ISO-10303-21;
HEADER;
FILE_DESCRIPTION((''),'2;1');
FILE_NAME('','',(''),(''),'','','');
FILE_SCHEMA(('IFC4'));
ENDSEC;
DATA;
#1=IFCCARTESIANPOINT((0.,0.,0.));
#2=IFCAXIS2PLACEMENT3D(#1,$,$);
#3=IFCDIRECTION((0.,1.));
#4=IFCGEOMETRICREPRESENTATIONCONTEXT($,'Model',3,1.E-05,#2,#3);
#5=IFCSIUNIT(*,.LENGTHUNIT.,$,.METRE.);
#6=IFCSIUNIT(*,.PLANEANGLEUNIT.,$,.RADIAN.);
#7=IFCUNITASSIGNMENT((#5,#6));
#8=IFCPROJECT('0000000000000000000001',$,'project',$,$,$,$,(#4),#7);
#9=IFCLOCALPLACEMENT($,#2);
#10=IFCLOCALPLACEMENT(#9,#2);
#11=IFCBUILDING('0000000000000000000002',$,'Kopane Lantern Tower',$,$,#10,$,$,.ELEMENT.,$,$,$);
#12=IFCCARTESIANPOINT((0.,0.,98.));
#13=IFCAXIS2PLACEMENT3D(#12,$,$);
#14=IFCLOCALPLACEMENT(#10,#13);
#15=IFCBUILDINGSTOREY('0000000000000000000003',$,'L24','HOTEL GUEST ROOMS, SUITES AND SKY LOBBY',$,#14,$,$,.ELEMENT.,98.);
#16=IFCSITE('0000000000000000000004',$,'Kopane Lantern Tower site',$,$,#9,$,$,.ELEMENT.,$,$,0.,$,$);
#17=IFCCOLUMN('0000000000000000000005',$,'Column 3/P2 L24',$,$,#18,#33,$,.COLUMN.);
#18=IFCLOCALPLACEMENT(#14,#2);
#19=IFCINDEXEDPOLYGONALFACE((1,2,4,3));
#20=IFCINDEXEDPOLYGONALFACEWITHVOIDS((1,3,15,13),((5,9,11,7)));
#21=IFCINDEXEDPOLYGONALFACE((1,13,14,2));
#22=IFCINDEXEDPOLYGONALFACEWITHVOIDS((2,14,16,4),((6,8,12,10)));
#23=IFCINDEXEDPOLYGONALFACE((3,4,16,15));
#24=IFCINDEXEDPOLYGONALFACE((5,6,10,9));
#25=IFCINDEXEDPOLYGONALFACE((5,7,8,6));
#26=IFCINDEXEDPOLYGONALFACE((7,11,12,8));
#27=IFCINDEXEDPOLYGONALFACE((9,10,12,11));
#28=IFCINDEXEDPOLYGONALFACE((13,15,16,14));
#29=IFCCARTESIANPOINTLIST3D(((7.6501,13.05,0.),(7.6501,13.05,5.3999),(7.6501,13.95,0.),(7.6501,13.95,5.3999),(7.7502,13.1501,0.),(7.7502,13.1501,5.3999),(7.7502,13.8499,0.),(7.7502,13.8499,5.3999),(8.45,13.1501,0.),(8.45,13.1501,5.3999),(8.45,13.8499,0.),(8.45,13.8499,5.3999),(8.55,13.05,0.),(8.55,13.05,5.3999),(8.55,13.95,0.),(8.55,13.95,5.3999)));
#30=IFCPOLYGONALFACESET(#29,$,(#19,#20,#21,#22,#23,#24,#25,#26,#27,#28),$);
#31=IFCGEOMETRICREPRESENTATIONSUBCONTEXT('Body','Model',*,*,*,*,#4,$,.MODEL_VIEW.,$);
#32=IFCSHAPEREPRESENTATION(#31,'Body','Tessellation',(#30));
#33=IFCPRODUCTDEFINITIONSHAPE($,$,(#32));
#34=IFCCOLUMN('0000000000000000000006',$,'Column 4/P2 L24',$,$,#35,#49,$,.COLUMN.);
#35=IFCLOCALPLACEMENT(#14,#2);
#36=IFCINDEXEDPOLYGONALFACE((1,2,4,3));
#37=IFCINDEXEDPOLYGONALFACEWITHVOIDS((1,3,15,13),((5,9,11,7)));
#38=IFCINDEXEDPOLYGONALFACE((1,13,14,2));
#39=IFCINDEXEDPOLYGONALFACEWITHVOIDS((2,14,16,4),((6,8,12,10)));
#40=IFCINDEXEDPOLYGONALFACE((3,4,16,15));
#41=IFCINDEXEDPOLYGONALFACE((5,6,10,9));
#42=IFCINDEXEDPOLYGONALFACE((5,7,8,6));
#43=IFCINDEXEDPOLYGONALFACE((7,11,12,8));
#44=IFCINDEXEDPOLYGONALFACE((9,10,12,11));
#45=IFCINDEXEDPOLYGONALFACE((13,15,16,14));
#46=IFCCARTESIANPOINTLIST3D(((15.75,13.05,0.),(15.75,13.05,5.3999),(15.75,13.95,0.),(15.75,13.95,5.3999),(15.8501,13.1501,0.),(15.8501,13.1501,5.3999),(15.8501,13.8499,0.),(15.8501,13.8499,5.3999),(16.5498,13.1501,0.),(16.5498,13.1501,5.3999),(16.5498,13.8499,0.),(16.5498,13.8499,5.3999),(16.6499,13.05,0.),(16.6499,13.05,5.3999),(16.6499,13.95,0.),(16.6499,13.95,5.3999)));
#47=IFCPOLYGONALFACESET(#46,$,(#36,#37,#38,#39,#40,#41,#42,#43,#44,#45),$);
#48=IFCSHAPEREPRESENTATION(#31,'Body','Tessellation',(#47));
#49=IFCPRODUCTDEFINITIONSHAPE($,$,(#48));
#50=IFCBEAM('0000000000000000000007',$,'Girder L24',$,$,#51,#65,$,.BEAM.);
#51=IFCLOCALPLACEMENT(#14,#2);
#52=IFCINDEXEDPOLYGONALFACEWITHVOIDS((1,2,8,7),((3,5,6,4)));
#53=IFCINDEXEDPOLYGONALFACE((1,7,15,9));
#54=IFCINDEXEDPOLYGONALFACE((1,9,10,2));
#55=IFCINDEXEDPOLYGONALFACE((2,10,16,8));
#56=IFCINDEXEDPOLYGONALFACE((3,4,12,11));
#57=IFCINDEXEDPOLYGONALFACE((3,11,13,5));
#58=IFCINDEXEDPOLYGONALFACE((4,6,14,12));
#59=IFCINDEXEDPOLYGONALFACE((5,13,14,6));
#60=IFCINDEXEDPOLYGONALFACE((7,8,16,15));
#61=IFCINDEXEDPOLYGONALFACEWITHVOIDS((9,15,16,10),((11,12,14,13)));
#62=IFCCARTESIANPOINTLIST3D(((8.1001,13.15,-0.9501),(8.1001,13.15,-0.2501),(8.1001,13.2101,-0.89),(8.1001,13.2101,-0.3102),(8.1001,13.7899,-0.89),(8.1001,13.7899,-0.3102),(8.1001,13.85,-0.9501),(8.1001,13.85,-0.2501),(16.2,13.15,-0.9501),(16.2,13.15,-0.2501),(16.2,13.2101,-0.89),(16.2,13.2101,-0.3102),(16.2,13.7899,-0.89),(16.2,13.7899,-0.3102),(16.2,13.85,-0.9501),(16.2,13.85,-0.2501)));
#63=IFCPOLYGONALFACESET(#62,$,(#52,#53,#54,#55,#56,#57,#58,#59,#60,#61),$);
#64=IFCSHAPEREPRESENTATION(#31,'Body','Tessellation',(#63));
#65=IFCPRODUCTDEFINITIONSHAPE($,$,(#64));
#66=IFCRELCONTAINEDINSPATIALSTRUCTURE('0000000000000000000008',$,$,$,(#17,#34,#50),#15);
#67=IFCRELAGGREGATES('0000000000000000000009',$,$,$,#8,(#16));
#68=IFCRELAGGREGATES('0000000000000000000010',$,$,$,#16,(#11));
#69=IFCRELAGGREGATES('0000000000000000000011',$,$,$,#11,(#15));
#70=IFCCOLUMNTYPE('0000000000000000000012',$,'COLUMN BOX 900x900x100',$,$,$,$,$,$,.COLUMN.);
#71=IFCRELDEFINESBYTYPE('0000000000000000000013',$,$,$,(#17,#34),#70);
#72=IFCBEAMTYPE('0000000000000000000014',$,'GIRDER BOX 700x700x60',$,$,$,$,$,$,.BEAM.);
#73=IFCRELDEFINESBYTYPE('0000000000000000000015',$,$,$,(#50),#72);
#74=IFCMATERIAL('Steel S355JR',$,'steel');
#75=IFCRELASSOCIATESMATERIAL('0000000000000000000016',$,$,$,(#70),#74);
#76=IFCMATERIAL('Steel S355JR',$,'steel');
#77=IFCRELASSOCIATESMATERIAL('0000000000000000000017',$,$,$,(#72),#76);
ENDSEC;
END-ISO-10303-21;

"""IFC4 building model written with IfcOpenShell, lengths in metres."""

from ifc_helpers import new_model, si_unit, direction, frame, origin, origin_2d, place, context, subcontext, project, spatial, hollow_rectangle, extrude, material, material_profile, profile_set, type_object, element, save


model = new_model("IFC4")

# Units and contexts
model_context = context("Model", 3, precision=1e-05, world=origin(), true_north=direction((0.0, 1.0)))
body_context = subcontext(model_context, "Body", "Model", "MODEL_VIEW")
ifc_project = project(units=[si_unit("LENGTHUNIT", "METRE"), si_unit("PLANEANGLEUNIT", "RADIAN")], contexts=[model_context])

# Site, building, storey
site_placement = place(None, origin())
site = spatial("IfcSite", under=ifc_project, at=site_placement, Name="Kopane Lantern Tower site", CompositionType="ELEMENT", RefElevation=0.0)
building_placement = place(site_placement, origin())
building = spatial("IfcBuilding", under=site, at=building_placement, Name="Kopane Lantern Tower", CompositionType="ELEMENT")
storey_placement = place(building_placement, frame((0.0, 0.0, 98.0)))
storey = spatial("IfcBuildingStorey", under=building, at=storey_placement, Name="L24", Description="HOTEL GUEST ROOMS, SUITES AND SKY LOBBY", CompositionType="ELEMENT", Elevation=98.0)

# Columns
ifc_material_1 = material(Name="Steel S355JR", Category="steel")
ifc_material_profile_1 = material_profile(ifc_material_1, hollow_rectangle(XDim=0.8999, YDim=0.8999, WallThickness=0.1001, at=origin_2d()), Name="BOX 900x900x100")
ifc_profile_set_1 = profile_set([ifc_material_profile_1], Name="Steel S355JR")
column_type = type_object("IfcColumnType", Name="COLUMN BOX 900x900x100", PredefinedType="COLUMN", material=ifc_profile_set_1)
for number, where, z_axis, x_axis, name in (
    (1, (8.1001, 13.5, 0.0), (0.0, 0.0, 1.0), (1.0, 0.0, 0.0), "Column 3/P2 L24"),
    (2, (16.2, 13.5, 0.0), (0.0, 0.0, 1.0), (1.0, 0.0, 0.0), "Column 4/P2 L24"),
):
    element("IfcColumn", number, at=place(storey_placement, frame(where, z_axis=z_axis, x_axis=x_axis)), inside=storey, type_object=column_type, Name=name, PredefinedType="COLUMN", context=body_context, shape_type="SweptSolid", body=[
        extrude(hollow_rectangle(XDim=0.8999, YDim=0.8999, WallThickness=0.1001, at=origin_2d()), origin(), (0.0, 0.0, 1.0), 5.3999),
    ])

# Beam
ifc_material_2 = material(Name="Steel S355JR", Category="steel")
ifc_material_profile_2 = material_profile(ifc_material_2, hollow_rectangle(XDim=0.7, YDim=0.7, WallThickness=0.0601, at=origin_2d()), Name="BOX 700x700x60")
ifc_profile_set_2 = profile_set([ifc_material_profile_2], Name="Steel S355JR")
beam_type = type_object("IfcBeamType", Name="GIRDER BOX 700x700x60", PredefinedType="BEAM", material=ifc_profile_set_2)
beam_placement = place(storey_placement, frame((8.1001, 13.5, -0.6001), z_axis=(1.0, 0.0, 0.0), x_axis=(0.0, 1.0, 0.0)))
element("IfcBeam", 3, at=beam_placement, inside=storey, type_object=beam_type, Name="Girder L24", PredefinedType="BEAM", context=body_context, shape_type="SweptSolid", body=[
    extrude(hollow_rectangle(XDim=0.7, YDim=0.7, WallThickness=0.0601, at=origin_2d()), origin(), (0.0, 0.0, 1.0), 8.0999),
])

save(model, "model.ifc")
